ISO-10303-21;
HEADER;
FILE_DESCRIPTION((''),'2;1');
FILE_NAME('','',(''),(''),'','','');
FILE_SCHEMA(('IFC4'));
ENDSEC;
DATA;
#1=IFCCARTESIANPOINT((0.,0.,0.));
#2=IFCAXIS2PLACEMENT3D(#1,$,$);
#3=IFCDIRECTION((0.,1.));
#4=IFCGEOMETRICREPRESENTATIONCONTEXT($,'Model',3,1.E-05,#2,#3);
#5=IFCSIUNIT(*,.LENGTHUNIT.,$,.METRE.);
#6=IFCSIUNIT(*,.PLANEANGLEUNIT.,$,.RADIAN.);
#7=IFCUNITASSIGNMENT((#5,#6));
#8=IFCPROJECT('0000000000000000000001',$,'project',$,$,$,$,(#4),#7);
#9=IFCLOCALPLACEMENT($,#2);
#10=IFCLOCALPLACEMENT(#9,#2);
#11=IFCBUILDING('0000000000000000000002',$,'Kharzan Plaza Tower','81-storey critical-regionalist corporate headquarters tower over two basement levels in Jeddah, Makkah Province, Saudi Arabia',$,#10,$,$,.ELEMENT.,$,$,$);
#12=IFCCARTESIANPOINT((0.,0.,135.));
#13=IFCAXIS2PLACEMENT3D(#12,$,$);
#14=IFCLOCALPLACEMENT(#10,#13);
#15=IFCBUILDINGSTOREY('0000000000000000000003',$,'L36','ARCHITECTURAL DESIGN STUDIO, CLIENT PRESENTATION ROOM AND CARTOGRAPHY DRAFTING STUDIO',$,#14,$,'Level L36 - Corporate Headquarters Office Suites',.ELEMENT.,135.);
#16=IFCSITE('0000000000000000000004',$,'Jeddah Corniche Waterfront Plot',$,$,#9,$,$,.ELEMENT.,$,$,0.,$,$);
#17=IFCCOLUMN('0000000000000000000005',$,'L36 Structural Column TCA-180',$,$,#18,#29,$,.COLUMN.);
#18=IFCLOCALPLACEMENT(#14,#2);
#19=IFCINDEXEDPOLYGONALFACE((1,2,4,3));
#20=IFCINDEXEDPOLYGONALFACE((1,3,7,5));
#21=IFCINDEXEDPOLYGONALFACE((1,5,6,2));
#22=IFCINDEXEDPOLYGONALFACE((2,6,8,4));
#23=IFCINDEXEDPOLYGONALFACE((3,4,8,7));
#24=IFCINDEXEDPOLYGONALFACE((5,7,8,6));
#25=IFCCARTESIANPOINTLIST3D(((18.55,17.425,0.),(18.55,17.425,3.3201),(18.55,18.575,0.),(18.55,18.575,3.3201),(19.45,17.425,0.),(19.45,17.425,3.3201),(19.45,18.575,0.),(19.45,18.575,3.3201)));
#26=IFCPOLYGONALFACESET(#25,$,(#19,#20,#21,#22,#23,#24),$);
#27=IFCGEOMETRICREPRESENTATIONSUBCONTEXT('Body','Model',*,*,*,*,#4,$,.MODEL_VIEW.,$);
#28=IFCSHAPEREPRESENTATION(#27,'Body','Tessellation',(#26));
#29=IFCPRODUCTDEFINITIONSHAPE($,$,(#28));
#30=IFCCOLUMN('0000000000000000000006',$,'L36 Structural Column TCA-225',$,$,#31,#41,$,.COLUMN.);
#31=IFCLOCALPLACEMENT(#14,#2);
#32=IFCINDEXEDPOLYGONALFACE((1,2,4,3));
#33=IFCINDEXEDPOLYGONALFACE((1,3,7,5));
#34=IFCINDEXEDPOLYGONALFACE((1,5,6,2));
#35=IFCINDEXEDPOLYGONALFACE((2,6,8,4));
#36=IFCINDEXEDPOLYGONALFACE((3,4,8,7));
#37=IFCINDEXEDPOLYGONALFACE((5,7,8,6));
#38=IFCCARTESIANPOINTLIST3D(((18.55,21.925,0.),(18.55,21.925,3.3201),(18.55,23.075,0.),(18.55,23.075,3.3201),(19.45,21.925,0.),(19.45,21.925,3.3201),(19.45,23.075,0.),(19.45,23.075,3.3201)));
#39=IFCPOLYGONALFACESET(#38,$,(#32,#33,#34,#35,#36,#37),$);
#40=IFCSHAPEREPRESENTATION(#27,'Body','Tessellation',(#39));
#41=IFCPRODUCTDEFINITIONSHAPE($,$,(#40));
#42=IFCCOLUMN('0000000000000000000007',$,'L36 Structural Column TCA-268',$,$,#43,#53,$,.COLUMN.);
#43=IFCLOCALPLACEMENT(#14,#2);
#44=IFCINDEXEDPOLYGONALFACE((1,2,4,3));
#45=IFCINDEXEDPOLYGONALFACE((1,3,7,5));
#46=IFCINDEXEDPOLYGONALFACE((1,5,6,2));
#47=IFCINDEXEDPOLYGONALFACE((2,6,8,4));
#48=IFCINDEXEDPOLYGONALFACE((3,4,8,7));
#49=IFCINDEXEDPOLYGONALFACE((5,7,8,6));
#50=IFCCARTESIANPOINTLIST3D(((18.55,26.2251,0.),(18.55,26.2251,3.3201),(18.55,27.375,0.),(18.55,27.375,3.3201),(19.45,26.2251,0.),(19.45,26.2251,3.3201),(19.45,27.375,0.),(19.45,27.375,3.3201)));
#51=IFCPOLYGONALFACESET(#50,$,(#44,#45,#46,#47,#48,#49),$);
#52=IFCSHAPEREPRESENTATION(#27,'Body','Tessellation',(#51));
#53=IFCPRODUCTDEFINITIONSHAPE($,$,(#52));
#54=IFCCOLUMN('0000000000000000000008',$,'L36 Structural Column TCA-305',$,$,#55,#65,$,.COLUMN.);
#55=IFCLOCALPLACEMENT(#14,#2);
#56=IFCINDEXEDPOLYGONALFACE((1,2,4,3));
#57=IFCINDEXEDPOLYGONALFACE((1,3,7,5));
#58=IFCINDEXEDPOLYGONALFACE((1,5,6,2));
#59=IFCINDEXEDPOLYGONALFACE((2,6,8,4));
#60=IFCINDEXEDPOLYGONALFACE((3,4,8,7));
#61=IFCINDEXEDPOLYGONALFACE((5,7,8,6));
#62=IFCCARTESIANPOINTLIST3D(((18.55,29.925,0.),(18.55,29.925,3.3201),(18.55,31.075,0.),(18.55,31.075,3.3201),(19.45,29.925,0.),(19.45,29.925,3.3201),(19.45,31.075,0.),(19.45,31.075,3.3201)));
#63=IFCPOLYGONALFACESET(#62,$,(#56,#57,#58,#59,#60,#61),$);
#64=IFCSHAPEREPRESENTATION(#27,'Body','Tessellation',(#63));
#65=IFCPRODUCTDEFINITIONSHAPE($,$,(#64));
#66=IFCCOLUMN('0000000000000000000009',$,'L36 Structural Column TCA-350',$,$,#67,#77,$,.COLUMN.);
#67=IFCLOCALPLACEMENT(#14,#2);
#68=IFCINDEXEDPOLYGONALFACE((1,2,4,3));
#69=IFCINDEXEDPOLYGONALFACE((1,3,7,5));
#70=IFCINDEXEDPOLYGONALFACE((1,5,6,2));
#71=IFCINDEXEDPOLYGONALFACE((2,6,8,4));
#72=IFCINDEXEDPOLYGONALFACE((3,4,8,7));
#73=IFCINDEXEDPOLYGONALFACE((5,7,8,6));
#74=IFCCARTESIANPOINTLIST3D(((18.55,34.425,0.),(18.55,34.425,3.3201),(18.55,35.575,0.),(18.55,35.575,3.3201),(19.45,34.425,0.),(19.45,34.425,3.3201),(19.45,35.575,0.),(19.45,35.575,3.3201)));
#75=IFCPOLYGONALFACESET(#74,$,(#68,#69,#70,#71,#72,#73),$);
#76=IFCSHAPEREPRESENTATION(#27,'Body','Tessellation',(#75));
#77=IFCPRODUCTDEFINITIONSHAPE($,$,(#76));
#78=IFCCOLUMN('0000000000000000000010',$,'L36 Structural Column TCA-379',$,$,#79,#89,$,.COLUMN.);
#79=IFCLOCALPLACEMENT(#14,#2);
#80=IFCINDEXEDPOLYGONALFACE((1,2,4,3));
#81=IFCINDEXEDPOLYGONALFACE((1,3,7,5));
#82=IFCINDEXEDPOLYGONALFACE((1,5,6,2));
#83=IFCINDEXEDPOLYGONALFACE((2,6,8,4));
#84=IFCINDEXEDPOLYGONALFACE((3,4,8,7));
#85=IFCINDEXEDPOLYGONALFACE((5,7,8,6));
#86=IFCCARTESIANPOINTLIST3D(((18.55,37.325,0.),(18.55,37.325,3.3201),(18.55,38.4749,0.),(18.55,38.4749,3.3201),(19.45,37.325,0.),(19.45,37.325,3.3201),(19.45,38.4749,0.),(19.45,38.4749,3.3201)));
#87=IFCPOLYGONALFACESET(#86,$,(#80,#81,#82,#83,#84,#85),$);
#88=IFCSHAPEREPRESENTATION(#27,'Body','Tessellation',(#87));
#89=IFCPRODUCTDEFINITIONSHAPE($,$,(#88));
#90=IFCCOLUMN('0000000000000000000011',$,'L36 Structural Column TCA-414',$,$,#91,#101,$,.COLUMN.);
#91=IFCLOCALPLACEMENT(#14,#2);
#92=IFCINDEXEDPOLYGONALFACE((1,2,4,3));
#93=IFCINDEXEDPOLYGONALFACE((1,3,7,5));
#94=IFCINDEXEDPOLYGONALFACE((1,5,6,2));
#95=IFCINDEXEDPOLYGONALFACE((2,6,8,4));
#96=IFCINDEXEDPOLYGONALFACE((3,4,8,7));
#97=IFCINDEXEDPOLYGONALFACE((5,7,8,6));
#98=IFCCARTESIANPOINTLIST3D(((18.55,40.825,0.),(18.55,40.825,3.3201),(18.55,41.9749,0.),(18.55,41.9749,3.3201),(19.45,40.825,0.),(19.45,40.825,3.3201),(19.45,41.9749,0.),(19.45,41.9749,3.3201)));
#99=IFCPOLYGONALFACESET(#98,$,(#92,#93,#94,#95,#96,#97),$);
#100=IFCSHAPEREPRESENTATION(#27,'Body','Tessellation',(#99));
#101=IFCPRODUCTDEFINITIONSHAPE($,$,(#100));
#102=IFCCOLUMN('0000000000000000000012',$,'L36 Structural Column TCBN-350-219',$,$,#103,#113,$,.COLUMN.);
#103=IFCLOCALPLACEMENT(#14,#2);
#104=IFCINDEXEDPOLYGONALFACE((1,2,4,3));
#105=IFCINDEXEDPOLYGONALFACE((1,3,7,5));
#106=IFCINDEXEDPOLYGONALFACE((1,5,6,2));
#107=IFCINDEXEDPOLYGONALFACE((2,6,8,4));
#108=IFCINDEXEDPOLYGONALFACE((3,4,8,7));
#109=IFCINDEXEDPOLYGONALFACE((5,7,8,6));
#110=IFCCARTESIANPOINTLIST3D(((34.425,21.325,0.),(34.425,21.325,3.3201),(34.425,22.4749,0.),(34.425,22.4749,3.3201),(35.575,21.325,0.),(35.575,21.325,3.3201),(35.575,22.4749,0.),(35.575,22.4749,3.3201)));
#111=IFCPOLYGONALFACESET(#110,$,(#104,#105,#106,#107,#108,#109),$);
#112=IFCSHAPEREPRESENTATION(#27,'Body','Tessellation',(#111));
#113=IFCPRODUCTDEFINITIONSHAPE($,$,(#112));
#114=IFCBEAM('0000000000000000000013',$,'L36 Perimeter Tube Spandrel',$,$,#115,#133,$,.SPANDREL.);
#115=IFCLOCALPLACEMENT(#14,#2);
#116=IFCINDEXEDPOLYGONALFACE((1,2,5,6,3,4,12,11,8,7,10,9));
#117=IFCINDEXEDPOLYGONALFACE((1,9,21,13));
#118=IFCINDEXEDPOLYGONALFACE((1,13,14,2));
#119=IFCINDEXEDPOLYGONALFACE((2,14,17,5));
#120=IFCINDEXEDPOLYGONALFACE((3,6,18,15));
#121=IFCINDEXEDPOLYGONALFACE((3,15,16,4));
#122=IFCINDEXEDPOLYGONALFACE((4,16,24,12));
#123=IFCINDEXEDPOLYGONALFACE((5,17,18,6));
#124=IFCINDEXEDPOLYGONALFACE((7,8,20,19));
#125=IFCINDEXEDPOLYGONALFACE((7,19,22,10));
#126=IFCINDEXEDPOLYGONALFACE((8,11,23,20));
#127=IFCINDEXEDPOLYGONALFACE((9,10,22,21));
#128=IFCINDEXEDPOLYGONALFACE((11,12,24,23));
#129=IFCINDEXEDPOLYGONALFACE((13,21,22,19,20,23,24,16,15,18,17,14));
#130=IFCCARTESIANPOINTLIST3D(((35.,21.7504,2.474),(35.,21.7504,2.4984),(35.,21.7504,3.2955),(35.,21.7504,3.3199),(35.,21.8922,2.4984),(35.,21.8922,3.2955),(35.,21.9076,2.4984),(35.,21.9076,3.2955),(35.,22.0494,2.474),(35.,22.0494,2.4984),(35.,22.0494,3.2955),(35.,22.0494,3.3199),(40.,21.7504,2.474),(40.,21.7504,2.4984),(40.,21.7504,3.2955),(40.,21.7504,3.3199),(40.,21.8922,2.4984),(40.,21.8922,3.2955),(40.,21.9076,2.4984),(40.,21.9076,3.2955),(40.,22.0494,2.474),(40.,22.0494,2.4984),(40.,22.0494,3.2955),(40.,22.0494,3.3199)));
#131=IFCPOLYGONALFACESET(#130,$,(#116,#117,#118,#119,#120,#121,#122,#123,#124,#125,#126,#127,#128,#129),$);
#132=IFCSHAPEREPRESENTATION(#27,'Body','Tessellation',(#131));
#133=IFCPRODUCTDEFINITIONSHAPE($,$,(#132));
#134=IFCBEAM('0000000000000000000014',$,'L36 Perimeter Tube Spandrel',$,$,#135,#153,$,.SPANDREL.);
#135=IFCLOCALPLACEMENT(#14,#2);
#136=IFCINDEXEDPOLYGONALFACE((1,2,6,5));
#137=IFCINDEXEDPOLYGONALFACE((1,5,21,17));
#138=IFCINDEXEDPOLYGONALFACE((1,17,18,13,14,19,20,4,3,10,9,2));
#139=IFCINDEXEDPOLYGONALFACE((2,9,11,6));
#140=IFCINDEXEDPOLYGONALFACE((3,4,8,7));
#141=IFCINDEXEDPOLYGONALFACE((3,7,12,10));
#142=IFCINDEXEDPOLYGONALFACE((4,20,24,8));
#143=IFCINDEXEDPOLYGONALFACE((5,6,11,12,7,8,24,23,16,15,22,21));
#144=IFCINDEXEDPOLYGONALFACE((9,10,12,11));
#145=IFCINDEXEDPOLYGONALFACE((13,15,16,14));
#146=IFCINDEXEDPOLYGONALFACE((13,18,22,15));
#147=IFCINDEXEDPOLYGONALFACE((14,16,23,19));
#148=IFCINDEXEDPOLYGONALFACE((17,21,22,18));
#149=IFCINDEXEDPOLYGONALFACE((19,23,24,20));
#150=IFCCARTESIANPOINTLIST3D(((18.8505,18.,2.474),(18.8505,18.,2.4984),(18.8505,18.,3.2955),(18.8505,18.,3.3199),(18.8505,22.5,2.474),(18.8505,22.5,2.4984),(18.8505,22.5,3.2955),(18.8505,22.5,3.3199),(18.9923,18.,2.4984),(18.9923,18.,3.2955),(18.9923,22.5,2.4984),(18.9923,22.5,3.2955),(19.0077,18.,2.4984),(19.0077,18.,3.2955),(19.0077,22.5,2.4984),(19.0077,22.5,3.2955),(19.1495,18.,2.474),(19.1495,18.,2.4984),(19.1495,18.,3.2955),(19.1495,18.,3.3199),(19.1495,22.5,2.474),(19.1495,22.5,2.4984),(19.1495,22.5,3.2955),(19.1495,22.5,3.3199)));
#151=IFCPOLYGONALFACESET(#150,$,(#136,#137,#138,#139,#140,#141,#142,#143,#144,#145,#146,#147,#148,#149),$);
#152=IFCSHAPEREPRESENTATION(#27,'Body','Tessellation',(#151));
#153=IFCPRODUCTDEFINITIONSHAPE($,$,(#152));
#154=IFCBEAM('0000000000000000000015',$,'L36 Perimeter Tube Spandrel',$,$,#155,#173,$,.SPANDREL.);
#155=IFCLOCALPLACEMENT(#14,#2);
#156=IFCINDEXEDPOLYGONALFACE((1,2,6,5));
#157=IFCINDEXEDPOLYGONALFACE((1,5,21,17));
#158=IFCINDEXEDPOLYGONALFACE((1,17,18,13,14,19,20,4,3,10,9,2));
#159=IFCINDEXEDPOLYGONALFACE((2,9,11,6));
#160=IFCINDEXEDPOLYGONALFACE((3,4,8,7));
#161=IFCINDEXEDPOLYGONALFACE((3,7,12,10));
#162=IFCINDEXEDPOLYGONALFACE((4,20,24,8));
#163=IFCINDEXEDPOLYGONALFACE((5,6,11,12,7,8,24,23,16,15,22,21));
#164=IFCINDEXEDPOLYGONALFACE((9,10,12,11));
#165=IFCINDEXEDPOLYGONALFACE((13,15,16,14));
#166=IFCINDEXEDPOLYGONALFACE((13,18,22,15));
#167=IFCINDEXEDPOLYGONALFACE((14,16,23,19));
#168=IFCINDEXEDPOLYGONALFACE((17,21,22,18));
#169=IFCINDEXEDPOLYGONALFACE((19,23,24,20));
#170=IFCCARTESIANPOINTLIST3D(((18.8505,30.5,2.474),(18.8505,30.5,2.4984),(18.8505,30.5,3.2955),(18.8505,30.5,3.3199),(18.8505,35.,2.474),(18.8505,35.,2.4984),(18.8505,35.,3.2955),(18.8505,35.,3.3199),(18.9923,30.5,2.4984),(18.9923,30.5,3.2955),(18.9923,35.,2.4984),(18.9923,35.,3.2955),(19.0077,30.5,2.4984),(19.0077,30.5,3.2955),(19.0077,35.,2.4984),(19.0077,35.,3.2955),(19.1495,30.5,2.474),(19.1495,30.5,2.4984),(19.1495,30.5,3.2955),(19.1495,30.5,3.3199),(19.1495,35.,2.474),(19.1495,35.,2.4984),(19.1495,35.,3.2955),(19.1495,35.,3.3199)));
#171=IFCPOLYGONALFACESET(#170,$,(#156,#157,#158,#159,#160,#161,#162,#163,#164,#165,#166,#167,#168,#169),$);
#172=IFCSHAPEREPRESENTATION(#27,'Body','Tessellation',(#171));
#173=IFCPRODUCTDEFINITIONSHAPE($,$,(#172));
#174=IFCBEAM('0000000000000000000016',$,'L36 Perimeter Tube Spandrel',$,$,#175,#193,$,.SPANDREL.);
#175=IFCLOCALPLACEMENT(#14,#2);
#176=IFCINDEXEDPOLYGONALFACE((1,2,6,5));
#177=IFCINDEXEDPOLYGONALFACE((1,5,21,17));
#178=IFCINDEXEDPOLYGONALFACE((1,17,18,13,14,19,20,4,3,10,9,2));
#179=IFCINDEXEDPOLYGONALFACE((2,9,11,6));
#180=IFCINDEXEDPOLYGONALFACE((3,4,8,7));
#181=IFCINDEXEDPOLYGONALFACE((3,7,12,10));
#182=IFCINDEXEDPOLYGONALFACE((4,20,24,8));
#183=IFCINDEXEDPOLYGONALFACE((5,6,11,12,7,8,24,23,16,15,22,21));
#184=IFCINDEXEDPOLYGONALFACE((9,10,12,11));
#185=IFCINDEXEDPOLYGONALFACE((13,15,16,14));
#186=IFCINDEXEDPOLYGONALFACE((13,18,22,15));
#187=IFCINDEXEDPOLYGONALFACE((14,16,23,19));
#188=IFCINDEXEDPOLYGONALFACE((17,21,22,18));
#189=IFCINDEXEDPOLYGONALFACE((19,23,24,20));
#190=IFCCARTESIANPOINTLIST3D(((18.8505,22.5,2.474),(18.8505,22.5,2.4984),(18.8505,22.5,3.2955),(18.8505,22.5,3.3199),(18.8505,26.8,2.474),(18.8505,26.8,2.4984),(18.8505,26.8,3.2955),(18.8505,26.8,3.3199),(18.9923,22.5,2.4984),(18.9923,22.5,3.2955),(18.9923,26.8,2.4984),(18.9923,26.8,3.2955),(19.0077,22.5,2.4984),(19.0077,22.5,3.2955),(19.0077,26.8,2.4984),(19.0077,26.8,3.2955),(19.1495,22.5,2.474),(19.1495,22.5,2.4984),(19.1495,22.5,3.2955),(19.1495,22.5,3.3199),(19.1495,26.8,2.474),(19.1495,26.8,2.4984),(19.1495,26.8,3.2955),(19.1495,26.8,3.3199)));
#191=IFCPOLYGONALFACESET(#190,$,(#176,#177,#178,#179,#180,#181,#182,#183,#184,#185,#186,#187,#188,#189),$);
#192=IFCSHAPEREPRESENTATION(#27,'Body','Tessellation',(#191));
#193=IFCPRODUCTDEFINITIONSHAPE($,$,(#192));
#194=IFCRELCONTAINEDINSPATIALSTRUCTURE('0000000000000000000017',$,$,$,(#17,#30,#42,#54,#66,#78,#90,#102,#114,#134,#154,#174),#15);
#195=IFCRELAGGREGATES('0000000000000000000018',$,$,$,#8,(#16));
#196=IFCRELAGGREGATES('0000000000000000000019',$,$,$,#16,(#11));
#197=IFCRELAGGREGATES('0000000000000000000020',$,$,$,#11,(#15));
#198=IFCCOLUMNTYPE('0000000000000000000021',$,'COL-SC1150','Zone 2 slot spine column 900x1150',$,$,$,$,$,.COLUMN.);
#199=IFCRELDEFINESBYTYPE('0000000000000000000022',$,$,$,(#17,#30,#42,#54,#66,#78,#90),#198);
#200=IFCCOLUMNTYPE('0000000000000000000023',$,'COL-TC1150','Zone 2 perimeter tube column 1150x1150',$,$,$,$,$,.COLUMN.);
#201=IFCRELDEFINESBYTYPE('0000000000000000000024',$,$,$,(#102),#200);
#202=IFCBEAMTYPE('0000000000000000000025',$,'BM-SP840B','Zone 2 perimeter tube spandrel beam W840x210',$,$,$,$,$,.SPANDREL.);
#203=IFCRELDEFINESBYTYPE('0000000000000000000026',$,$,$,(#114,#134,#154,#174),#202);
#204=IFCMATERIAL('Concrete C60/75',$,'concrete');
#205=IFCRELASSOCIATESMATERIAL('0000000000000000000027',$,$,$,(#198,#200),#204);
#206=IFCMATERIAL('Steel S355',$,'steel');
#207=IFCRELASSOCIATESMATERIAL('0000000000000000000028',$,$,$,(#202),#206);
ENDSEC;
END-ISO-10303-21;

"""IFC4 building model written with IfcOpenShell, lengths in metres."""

from ifc_helpers import new_model, si_unit, direction, frame, origin, origin_2d, place, context, subcontext, project, spatial, rectangle, i_section, extrude, source, transform, mapped, material, material_profile, profile_set, type_object, element, save


model = new_model("IFC4")

# Units and contexts
model_context = context("Model", 3, precision=1e-05, world=origin(), true_north=direction((0.0, 1.0)))
body_context = subcontext(model_context, "Body", "Model", "MODEL_VIEW")
ifc_project = project(units=[si_unit("LENGTHUNIT", "METRE"), si_unit("PLANEANGLEUNIT", "RADIAN")], contexts=[model_context])

# Site, building, storey
site_placement = place(None, origin())
site = spatial("IfcSite", under=ifc_project, at=site_placement, Name="Jeddah Corniche Waterfront Plot", CompositionType="ELEMENT", RefElevation=0.0)
building_placement = place(site_placement, origin())
building = spatial("IfcBuilding", under=site, at=building_placement, Name="Kharzan Plaza Tower", Description="81-storey critical-regionalist corporate headquarters tower over two basement levels in Jeddah, Makkah Province, Saudi Arabia", CompositionType="ELEMENT")
storey_placement = place(building_placement, frame((0.0, 0.0, 135.0)))
storey = spatial("IfcBuildingStorey", under=building, at=storey_placement, Name="L36", Description="ARCHITECTURAL DESIGN STUDIO, CLIENT PRESENTATION ROOM AND CARTOGRAPHY DRAFTING STUDIO", LongName="Level L36 - Corporate Headquarters Office Suites", CompositionType="ELEMENT", Elevation=135.0)

# Columns
ifc_material_1 = material(Name="Concrete C60/75", Category="concrete")
ifc_material_profile_1 = material_profile(ifc_material_1, rectangle(XDim=0.8999, YDim=1.1499, at=origin_2d()), Name="RC-SC1150x900")
ifc_profile_set_1 = profile_set([ifc_material_profile_1], Name="Concrete C60/75")
column_type_1 = type_object("IfcColumnType", Name="COL-SC1150", Description="Zone 2 slot spine column 900x1150", PredefinedType="COLUMN", material=ifc_profile_set_1)
shared_shape_1 = source(origin(), body_context, "Body", "SweptSolid", [
    extrude(rectangle(XDim=0.8999, YDim=1.1499, at=origin_2d()), origin(), (0.0, 0.0, 1.0), 3.3201),
])
for number, where, z_axis, x_axis, name in (
    (1, (19.0, 18.0, 0.0), (0.0, 0.0, 1.0), (1.0, 0.0, 0.0), "L36 Structural Column TCA-180"),
    (2, (19.0, 22.5, 0.0), (0.0, 0.0, 1.0), (1.0, 0.0, 0.0), "L36 Structural Column TCA-225"),
    (3, (19.0, 26.8, 0.0), (0.0, 0.0, 1.0), (1.0, 0.0, 0.0), "L36 Structural Column TCA-268"),
    (4, (19.0, 30.5, 0.0), (0.0, 0.0, 1.0), (1.0, 0.0, 0.0), "L36 Structural Column TCA-305"),
    (5, (19.0, 35.0, 0.0), (0.0, 0.0, 1.0), (1.0, 0.0, 0.0), "L36 Structural Column TCA-350"),
    (6, (19.0, 37.8999, 0.0), (0.0, 0.0, 1.0), (1.0, 0.0, 0.0), "L36 Structural Column TCA-379"),
    (7, (19.0, 41.3999, 0.0), (0.0, 0.0, 1.0), (1.0, 0.0, 0.0), "L36 Structural Column TCA-414"),
):
    element("IfcColumn", number, at=place(storey_placement, frame(where, z_axis=z_axis, x_axis=x_axis)), inside=storey, type_object=column_type_1, Name=name, PredefinedType="COLUMN", context=body_context, shape_type="MappedRepresentation", body=[
        mapped(shared_shape_1, transform((0.0, 0.0, 0.0), x_axis=(1.0, 0.0, 0.0), y_axis=(0.0, 1.0, 0.0), z_axis=(0.0, 0.0, 1.0))),
    ])
ifc_material_profile_2 = material_profile(ifc_material_1, rectangle(XDim=1.1499, YDim=1.1499, at=origin_2d()), Name="RC-TC1150x1150")
ifc_profile_set_2 = profile_set([ifc_material_profile_2], Name="Concrete C60/75")
column_type_2 = type_object("IfcColumnType", Name="COL-TC1150", Description="Zone 2 perimeter tube column 1150x1150", PredefinedType="COLUMN", material=ifc_profile_set_2)
shared_shape_2 = source(origin(), body_context, "Body", "SweptSolid", [
    extrude(rectangle(XDim=1.1499, YDim=1.1499, at=origin_2d()), origin(), (0.0, 0.0, 1.0), 3.3201),
])
column_placement = place(storey_placement, frame((35.0, 21.8999, 0.0), z_axis=(0.0, 0.0, 1.0), x_axis=(1.0, 0.0, 0.0)))
element("IfcColumn", 8, at=column_placement, inside=storey, type_object=column_type_2, Name="L36 Structural Column TCBN-350-219", PredefinedType="COLUMN", context=body_context, shape_type="MappedRepresentation", body=[
    mapped(shared_shape_2, transform((0.0, 0.0, 0.0), x_axis=(1.0, 0.0, 0.0), y_axis=(0.0, 1.0, 0.0), z_axis=(0.0, 0.0, 1.0))),
])

# Beams
ifc_material_2 = material(Name="Steel S355", Category="steel")
ifc_material_profile_3 = material_profile(ifc_material_2, i_section(OverallWidth=0.2991, OverallDepth=0.8459, WebThickness=0.0154, FlangeThickness=0.0244, at=origin_2d()), Name="W840x210")
ifc_profile_set_3 = profile_set([ifc_material_profile_3], Name="Steel S355")
beam_type = type_object("IfcBeamType", Name="BM-SP840B", Description="Zone 2 perimeter tube spandrel beam W840x210", PredefinedType="SPANDREL", material=ifc_profile_set_3)
shared_shape_3 = source(origin(), body_context, "Body", "SweptSolid", [
    extrude(i_section(OverallWidth=0.2991, OverallDepth=0.8459, WebThickness=0.0154, FlangeThickness=0.0244, at=origin_2d()), origin(), (0.0, 0.0, 1.0), 5.0),
])
beam_1_placement = place(storey_placement, frame((35.0, 21.8999, 2.897), z_axis=(1.0, 0.0, 0.0), x_axis=(0.0, 1.0, 0.0)))
element("IfcBeam", 9, at=beam_1_placement, inside=storey, type_object=beam_type, Name="L36 Perimeter Tube Spandrel", PredefinedType="SPANDREL", context=body_context, shape_type="MappedRepresentation", body=[
    mapped(shared_shape_3, transform((0.0, 0.0, 0.0), x_axis=(1.0, 0.0, 0.0), y_axis=(0.0, 1.0, 0.0), z_axis=(0.0, 0.0, 1.0))),
])
shared_shape_4 = source(origin(), body_context, "Body", "SweptSolid", [
    extrude(i_section(OverallWidth=0.2991, OverallDepth=0.8459, WebThickness=0.0154, FlangeThickness=0.0244, at=origin_2d()), origin(), (0.0, 0.0, 1.0), 4.5),
])
for number, where, z_axis, x_axis, name in (
    (10, (19.0, 18.0, 2.897), (0.0, 1.0, 0.0), (-1.0, 0.0, 0.0), "L36 Perimeter Tube Spandrel"),
    (11, (19.0, 30.5, 2.897), (0.0, 1.0, 0.0), (-1.0, 0.0, 0.0), "L36 Perimeter Tube Spandrel"),
):
    element("IfcBeam", number, at=place(storey_placement, frame(where, z_axis=z_axis, x_axis=x_axis)), inside=storey, type_object=beam_type, Name=name, PredefinedType="SPANDREL", context=body_context, shape_type="MappedRepresentation", body=[
        mapped(shared_shape_4, transform((0.0, 0.0, 0.0), x_axis=(1.0, 0.0, 0.0), y_axis=(0.0, 1.0, 0.0), z_axis=(0.0, 0.0, 1.0))),
    ])
shared_shape_5 = source(origin(), body_context, "Body", "SweptSolid", [
    extrude(i_section(OverallWidth=0.2991, OverallDepth=0.8459, WebThickness=0.0154, FlangeThickness=0.0244, at=origin_2d()), origin(), (0.0, 0.0, 1.0), 4.3),
])
beam_2_placement = place(storey_placement, frame((19.0, 22.5, 2.897), z_axis=(0.0, 1.0, 0.0), x_axis=(-1.0, 0.0, 0.0)))
element("IfcBeam", 12, at=beam_2_placement, inside=storey, type_object=beam_type, Name="L36 Perimeter Tube Spandrel", PredefinedType="SPANDREL", context=body_context, shape_type="MappedRepresentation", body=[
    mapped(shared_shape_5, transform((0.0, 0.0, 0.0), x_axis=(1.0, 0.0, 0.0), y_axis=(0.0, 1.0, 0.0), z_axis=(0.0, 0.0, 1.0))),
])

save(model, "model.ifc")
